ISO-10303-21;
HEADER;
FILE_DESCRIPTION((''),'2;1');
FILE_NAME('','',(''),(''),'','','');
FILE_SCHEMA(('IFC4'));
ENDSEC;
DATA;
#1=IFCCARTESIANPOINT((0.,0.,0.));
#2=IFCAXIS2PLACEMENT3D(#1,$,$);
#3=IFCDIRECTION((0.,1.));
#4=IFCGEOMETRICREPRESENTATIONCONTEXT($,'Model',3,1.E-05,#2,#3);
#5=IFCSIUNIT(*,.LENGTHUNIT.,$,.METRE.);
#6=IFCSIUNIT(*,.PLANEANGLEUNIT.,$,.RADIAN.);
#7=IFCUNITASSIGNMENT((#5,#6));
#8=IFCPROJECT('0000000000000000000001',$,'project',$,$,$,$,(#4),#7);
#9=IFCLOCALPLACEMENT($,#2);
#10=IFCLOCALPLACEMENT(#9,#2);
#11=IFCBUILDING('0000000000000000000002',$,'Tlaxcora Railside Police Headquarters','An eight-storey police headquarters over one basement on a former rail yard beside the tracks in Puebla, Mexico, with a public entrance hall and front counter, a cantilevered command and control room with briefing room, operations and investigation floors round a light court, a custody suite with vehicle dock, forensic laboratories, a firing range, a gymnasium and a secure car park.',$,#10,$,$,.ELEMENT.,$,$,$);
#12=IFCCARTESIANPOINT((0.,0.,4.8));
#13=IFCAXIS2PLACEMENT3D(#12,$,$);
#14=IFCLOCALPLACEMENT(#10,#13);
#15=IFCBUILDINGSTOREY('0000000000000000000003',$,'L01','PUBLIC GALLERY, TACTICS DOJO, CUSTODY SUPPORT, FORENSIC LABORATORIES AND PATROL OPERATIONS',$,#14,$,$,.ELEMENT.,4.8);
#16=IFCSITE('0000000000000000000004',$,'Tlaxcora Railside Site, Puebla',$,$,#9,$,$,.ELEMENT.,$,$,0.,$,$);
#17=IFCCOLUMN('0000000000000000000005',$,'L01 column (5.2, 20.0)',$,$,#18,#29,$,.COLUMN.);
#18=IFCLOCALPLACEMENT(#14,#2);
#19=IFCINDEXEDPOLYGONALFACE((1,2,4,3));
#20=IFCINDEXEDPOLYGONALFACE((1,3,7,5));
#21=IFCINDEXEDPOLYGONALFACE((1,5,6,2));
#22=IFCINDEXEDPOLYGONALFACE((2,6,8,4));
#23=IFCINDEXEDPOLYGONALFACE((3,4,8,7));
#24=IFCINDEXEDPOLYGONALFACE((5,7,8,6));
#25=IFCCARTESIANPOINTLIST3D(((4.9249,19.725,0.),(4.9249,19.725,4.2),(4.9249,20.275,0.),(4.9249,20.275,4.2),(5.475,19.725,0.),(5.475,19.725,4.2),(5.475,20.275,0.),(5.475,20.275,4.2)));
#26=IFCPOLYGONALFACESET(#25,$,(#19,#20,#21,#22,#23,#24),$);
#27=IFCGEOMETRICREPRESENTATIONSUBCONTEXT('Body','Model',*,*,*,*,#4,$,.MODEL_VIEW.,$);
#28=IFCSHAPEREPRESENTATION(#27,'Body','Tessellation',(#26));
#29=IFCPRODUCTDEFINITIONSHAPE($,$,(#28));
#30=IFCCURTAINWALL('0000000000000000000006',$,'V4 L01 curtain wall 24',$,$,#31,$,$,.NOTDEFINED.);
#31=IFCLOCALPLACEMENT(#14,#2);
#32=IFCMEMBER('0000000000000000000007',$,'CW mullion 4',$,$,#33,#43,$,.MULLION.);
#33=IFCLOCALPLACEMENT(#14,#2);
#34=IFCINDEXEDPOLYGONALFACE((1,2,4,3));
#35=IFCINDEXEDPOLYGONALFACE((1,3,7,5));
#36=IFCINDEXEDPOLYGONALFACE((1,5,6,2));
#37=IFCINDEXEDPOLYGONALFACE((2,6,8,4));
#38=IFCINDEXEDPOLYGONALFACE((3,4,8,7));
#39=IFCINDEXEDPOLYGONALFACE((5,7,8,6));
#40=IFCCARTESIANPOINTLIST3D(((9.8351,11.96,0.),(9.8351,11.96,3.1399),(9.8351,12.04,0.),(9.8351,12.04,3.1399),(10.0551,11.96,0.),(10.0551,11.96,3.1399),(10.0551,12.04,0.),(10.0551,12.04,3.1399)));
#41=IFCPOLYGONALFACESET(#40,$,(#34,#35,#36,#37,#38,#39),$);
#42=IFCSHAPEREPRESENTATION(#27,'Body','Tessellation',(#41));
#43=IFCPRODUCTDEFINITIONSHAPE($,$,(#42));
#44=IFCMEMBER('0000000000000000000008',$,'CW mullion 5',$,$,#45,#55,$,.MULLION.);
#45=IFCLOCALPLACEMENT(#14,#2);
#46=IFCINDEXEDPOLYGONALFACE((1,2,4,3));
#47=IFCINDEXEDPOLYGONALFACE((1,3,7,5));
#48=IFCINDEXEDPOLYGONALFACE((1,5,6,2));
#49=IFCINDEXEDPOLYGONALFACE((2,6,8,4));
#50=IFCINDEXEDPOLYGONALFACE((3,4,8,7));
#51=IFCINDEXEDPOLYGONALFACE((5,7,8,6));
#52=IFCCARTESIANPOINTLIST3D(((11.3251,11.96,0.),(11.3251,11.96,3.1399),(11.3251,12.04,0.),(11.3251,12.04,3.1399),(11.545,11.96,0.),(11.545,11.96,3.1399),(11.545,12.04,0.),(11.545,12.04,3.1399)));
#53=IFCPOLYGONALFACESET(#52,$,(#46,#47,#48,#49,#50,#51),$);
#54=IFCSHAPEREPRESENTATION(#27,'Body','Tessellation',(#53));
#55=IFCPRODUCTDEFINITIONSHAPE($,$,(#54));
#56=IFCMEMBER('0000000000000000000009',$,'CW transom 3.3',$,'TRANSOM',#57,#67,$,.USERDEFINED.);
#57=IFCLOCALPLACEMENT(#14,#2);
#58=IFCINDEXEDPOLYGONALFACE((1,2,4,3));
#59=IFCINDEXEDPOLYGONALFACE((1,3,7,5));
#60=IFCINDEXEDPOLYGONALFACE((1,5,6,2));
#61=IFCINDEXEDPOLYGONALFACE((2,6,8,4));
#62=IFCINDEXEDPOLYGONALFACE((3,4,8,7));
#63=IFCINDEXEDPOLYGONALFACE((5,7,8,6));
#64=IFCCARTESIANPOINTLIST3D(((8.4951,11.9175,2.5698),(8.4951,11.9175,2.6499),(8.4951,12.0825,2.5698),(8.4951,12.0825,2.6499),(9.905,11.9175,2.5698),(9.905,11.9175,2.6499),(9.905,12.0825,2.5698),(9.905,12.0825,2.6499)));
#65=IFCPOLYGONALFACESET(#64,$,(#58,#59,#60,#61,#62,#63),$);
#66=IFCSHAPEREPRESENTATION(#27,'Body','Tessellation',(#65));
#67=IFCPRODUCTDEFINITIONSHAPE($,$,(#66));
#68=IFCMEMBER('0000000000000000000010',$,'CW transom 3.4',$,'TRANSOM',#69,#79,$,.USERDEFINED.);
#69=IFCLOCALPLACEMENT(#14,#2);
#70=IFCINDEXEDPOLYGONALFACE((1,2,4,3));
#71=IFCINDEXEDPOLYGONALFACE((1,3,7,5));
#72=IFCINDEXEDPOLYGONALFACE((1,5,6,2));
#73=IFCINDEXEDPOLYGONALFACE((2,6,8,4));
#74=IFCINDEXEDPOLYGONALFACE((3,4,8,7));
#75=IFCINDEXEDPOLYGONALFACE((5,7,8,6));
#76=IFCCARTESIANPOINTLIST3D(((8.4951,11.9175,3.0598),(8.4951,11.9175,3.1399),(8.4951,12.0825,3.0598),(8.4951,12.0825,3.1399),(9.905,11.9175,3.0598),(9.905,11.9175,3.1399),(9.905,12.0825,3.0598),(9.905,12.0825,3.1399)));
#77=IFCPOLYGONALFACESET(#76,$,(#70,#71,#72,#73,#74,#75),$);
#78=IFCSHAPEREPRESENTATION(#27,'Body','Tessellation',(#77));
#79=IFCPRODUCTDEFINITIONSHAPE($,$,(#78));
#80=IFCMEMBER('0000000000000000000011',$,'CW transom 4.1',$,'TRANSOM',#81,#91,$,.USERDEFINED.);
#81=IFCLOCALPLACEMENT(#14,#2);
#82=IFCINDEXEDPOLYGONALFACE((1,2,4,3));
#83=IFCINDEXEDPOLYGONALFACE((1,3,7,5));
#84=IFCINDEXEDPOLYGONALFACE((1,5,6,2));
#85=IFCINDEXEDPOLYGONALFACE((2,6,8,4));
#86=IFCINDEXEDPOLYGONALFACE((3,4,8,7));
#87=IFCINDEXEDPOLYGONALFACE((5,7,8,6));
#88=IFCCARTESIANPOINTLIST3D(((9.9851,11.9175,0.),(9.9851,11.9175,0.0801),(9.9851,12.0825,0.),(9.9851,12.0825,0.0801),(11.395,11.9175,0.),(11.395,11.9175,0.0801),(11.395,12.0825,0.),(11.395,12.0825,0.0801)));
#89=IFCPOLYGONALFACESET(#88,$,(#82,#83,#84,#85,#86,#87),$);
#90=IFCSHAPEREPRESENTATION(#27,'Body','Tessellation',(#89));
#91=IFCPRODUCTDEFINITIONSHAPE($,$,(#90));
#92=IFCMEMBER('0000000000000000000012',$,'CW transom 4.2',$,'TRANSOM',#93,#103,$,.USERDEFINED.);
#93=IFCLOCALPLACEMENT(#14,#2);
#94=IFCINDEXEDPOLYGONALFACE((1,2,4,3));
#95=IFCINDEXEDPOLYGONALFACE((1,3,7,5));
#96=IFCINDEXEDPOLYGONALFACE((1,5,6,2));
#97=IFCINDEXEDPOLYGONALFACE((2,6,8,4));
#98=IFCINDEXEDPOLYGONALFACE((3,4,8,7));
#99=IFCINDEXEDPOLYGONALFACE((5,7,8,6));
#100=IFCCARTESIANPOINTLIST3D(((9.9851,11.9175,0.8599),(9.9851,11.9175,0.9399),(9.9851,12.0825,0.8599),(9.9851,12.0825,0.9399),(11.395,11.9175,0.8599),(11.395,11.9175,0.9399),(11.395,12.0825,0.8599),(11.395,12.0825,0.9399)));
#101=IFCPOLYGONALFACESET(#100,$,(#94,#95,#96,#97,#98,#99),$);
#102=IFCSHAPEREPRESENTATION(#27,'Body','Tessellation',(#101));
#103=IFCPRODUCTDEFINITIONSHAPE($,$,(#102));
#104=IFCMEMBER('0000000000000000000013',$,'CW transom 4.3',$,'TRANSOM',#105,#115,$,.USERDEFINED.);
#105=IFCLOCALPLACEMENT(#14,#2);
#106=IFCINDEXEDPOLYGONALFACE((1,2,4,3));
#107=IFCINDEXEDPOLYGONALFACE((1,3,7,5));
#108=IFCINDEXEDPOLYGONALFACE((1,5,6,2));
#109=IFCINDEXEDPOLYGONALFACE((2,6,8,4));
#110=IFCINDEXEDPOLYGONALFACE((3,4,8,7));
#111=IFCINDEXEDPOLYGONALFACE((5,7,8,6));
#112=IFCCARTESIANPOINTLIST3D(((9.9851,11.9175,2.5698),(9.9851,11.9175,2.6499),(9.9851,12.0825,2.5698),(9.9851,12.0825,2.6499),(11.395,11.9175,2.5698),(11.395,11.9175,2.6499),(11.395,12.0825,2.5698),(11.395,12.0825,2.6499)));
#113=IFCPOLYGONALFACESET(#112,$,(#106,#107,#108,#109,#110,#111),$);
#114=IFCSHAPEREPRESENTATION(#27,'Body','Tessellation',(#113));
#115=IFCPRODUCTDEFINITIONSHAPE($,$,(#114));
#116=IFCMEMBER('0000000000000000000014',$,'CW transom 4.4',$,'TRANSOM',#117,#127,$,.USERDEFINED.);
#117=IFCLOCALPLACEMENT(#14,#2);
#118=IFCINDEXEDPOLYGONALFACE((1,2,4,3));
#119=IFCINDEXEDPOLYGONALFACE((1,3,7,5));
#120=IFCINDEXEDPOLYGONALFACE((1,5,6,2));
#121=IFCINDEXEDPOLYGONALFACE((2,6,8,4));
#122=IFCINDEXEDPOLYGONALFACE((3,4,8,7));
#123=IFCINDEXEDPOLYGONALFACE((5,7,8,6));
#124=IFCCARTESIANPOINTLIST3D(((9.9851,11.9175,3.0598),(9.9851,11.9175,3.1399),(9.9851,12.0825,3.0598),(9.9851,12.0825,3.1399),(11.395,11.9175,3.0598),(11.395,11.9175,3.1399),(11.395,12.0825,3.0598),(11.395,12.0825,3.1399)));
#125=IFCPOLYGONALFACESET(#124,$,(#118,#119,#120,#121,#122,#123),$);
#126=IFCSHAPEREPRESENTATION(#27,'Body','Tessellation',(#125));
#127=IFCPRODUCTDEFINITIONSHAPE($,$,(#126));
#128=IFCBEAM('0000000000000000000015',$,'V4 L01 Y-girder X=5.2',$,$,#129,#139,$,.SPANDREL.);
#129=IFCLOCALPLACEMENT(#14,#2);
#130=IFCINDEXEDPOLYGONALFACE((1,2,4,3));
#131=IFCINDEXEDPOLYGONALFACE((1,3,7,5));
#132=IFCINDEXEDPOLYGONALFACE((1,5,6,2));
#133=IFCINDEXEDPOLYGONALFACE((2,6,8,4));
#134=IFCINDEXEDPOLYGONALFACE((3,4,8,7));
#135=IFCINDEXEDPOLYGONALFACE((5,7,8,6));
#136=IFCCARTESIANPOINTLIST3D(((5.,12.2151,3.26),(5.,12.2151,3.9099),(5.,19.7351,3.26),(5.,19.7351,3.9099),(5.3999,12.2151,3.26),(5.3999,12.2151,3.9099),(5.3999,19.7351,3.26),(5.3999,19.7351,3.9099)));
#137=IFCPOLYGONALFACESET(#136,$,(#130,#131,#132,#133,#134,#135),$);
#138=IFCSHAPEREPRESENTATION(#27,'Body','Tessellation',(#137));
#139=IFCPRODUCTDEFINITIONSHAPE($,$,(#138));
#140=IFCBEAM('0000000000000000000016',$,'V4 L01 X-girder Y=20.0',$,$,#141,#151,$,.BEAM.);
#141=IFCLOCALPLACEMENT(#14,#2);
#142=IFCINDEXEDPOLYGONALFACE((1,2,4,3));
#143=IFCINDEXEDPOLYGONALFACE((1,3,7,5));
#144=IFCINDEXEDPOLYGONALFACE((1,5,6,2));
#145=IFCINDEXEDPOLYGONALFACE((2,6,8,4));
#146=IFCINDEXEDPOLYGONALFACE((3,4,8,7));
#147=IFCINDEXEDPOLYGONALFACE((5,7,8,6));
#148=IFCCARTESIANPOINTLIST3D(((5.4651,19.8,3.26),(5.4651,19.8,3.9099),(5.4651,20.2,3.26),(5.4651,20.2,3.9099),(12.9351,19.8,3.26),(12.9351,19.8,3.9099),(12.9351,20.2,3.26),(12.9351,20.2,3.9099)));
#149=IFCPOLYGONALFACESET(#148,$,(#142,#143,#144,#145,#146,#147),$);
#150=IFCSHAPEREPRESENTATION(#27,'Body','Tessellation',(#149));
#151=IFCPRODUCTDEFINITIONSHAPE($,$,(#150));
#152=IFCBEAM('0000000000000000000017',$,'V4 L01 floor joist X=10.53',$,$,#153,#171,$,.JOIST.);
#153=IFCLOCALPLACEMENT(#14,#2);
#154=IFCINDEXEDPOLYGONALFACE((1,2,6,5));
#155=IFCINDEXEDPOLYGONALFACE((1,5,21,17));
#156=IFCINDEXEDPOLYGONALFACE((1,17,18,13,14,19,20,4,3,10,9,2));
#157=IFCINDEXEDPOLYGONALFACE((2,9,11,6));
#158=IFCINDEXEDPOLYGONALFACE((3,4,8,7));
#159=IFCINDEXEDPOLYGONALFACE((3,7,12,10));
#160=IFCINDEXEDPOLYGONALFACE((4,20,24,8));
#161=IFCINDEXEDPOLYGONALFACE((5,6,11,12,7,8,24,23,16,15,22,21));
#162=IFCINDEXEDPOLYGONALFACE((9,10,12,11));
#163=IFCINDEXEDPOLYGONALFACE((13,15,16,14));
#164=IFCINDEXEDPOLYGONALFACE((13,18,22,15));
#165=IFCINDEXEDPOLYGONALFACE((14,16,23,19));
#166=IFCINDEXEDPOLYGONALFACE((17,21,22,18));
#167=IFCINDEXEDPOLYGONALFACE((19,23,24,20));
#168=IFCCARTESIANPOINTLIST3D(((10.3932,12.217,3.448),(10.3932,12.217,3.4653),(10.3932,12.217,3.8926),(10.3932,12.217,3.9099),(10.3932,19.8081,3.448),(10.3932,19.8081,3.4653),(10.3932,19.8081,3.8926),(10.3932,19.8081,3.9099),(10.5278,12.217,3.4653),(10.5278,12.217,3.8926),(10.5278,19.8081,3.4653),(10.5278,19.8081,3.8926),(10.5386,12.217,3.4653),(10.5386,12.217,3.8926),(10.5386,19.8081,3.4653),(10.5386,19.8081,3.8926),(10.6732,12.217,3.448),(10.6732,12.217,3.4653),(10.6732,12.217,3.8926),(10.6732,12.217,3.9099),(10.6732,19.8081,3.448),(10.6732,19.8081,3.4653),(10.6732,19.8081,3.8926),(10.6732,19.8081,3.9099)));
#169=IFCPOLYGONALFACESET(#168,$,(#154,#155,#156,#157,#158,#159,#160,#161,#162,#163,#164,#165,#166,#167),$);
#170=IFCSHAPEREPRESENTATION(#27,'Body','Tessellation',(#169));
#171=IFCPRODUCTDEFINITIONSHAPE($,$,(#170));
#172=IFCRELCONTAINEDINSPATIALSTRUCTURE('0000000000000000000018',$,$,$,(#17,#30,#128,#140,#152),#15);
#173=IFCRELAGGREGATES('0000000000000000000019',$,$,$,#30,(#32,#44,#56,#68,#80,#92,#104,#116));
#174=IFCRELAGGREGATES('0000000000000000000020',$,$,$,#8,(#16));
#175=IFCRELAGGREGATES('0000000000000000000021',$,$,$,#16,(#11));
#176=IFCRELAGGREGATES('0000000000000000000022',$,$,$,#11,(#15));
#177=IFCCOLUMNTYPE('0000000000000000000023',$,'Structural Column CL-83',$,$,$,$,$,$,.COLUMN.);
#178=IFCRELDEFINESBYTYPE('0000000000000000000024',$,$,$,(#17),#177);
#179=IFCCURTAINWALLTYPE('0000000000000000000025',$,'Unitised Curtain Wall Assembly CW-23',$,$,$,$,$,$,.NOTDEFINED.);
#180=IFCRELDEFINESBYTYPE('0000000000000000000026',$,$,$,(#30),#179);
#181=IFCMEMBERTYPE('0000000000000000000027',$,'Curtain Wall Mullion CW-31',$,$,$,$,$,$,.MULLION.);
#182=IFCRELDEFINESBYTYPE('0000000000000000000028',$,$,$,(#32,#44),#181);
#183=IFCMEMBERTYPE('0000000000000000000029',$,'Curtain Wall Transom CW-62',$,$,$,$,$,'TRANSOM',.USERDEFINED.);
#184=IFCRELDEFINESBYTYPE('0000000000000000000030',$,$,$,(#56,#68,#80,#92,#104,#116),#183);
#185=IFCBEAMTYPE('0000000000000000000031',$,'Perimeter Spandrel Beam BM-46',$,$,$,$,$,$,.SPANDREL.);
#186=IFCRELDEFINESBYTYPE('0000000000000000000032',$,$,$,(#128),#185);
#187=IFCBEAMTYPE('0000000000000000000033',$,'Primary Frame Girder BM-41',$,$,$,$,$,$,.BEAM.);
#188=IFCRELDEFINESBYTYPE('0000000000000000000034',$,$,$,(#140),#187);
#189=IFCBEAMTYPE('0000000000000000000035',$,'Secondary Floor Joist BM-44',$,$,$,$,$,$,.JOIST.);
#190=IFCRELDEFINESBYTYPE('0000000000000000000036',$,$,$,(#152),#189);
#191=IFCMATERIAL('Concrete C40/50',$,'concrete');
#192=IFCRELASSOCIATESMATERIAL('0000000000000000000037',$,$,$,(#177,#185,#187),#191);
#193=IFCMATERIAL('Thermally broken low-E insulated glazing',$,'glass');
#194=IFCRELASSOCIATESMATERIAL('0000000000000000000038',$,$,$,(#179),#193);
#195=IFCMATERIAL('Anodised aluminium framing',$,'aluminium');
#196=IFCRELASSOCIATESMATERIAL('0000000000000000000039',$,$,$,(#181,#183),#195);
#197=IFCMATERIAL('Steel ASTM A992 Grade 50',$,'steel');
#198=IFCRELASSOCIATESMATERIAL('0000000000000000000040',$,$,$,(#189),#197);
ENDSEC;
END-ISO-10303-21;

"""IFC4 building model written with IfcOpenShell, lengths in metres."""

from ifc_helpers import new_model, si_unit, direction, frame, origin, origin_2d, place, context, subcontext, project, spatial, rectangle, i_section, extrude, material, material_profile, profile_set, type_object, element, aggregate, save


model = new_model("IFC4")

# Units and contexts
model_context = context("Model", 3, precision=1e-05, world=origin(), true_north=direction((0.0, 1.0)))
body_context = subcontext(model_context, "Body", "Model", "MODEL_VIEW")
ifc_project = project(units=[si_unit("LENGTHUNIT", "METRE"), si_unit("PLANEANGLEUNIT", "RADIAN")], contexts=[model_context])

# Site, building, storey
site_placement = place(None, origin())
site = spatial("IfcSite", under=ifc_project, at=site_placement, Name="Tlaxcora Railside Site, Puebla", CompositionType="ELEMENT", RefElevation=0.0)
building_placement = place(site_placement, origin())
building = spatial("IfcBuilding", under=site, at=building_placement, Name="Tlaxcora Railside Police Headquarters", Description="An eight-storey police headquarters over one basement on a former rail yard beside the tracks in Puebla, Mexico, with a public entrance hall and front counter, a cantilevered command and control room with briefing room, operations and investigation floors round a light court, a custody suite with vehicle dock, forensic laboratories, a firing range, a gymnasium and a secure car park.", CompositionType="ELEMENT")
storey_placement = place(building_placement, frame((0.0, 0.0, 4.8)))
storey = spatial("IfcBuildingStorey", under=building, at=storey_placement, Name="L01", Description="PUBLIC GALLERY, TACTICS DOJO, CUSTODY SUPPORT, FORENSIC LABORATORIES AND PATROL OPERATIONS", CompositionType="ELEMENT", Elevation=4.8)

# Column
ifc_material_1 = material(Name="Concrete C40/50", Category="concrete")
ifc_material_profile_1 = material_profile(ifc_material_1, rectangle(XDim=0.55, YDim=0.55, at=origin_2d()), Name="RC550X550")
ifc_profile_set_1 = profile_set([ifc_material_profile_1], Name="Concrete C40/50")
column_type = type_object("IfcColumnType", Name="Structural Column CL-83", PredefinedType="COLUMN", material=ifc_profile_set_1)
column_placement = place(storey_placement, frame((5.2, 20.0, 0.0), z_axis=(0.0, 0.0, 1.0), x_axis=(1.0, 0.0, 0.0)))
element("IfcColumn", 1, at=column_placement, inside=storey, type_object=column_type, Name="L01 column (5.2, 20.0)", PredefinedType="COLUMN", context=body_context, shape_type="SweptSolid", body=[
    extrude(rectangle(XDim=0.55, YDim=0.55, at=origin_2d()), origin(), (0.0, 0.0, 1.0), 4.2),
])

# Curtain wall, members
ifc_material_2 = material(Name="Thermally broken low-E insulated glazing", Category="glass")
curtain_wall_type = type_object("IfcCurtainWallType", Name="Unitised Curtain Wall Assembly CW-23", PredefinedType="NOTDEFINED", material=ifc_material_2)
curtain_wall_placement = place(storey_placement, origin())
curtain_wall = element("IfcCurtainWall", 2, at=curtain_wall_placement, inside=storey, type_object=curtain_wall_type, Name="V4 L01 curtain wall 24", PredefinedType="NOTDEFINED")
ifc_material_3 = material(Name="Anodised aluminium framing", Category="aluminium")
ifc_material_profile_2 = material_profile(ifc_material_3, rectangle(XDim=0.0801, YDim=0.22, at=origin_2d()), Name="AL80X220")
ifc_profile_set_2 = profile_set([ifc_material_profile_2], Name="Anodised aluminium framing")
member_type_1 = type_object("IfcMemberType", Name="Curtain Wall Mullion CW-31", PredefinedType="MULLION", material=ifc_profile_set_2)
member_1_placement = place(storey_placement, frame((9.9451, 12.0, 0.0), z_axis=(0.0, 0.0, 1.0), x_axis=(0.0, 1.0, 0.0)))
member_1 = element("IfcMember", 3, at=member_1_placement, type_object=member_type_1, Name="CW mullion 4", PredefinedType="MULLION", context=body_context, shape_type="SweptSolid", body=[
    extrude(rectangle(XDim=0.0801, YDim=0.22, at=origin_2d()), origin(), (0.0, 0.0, 1.0), 3.1399),
])
member_2_placement = place(storey_placement, frame((11.4351, 12.0, 0.0), z_axis=(0.0, 0.0, 1.0), x_axis=(0.0, 1.0, 0.0)))
member_2 = element("IfcMember", 4, at=member_2_placement, type_object=member_type_1, Name="CW mullion 5", PredefinedType="MULLION", context=body_context, shape_type="SweptSolid", body=[
    extrude(rectangle(XDim=0.0801, YDim=0.22, at=origin_2d()), origin(), (0.0, 0.0, 1.0), 3.1399),
])
ifc_material_profile_3 = material_profile(ifc_material_3, rectangle(XDim=0.165, YDim=0.0801, at=origin_2d()), Name="AL80X165")
ifc_profile_set_3 = profile_set([ifc_material_profile_3], Name="Anodised aluminium framing")
member_type_2 = type_object("IfcMemberType", Name="Curtain Wall Transom CW-62", ElementType="TRANSOM", PredefinedType="USERDEFINED", material=ifc_profile_set_3)
member_3_placement = place(storey_placement, frame((8.4951, 12.0, 2.6099), z_axis=(1.0, 0.0, 0.0), x_axis=(0.0, 1.0, 0.0)))
member_3 = element("IfcMember", 5, at=member_3_placement, type_object=member_type_2, Name="CW transom 3.3", ObjectType="TRANSOM", PredefinedType="USERDEFINED", context=body_context, shape_type="SweptSolid", body=[
    extrude(rectangle(XDim=0.165, YDim=0.0801, at=origin_2d()), origin(), (0.0, 0.0, 1.0), 1.4099),
])
member_4_placement = place(storey_placement, frame((8.4951, 12.0, 3.0999), z_axis=(1.0, 0.0, 0.0), x_axis=(0.0, 1.0, 0.0)))
member_4 = element("IfcMember", 6, at=member_4_placement, type_object=member_type_2, Name="CW transom 3.4", ObjectType="TRANSOM", PredefinedType="USERDEFINED", context=body_context, shape_type="SweptSolid", body=[
    extrude(rectangle(XDim=0.165, YDim=0.0801, at=origin_2d()), origin(), (0.0, 0.0, 1.0), 1.4099),
])
member_5_placement = place(storey_placement, frame((9.9851, 12.0, 0.04), z_axis=(1.0, 0.0, 0.0), x_axis=(0.0, 1.0, 0.0)))
member_5 = element("IfcMember", 7, at=member_5_placement, type_object=member_type_2, Name="CW transom 4.1", ObjectType="TRANSOM", PredefinedType="USERDEFINED", context=body_context, shape_type="SweptSolid", body=[
    extrude(rectangle(XDim=0.165, YDim=0.0801, at=origin_2d()), origin(), (0.0, 0.0, 1.0), 1.4099),
])
member_6_placement = place(storey_placement, frame((9.9851, 12.0, 0.8999), z_axis=(1.0, 0.0, 0.0), x_axis=(0.0, 1.0, 0.0)))
member_6 = element("IfcMember", 8, at=member_6_placement, type_object=member_type_2, Name="CW transom 4.2", ObjectType="TRANSOM", PredefinedType="USERDEFINED", context=body_context, shape_type="SweptSolid", body=[
    extrude(rectangle(XDim=0.165, YDim=0.0801, at=origin_2d()), origin(), (0.0, 0.0, 1.0), 1.4099),
])
member_7_placement = place(storey_placement, frame((9.9851, 12.0, 2.6099), z_axis=(1.0, 0.0, 0.0), x_axis=(0.0, 1.0, 0.0)))
member_7 = element("IfcMember", 9, at=member_7_placement, type_object=member_type_2, Name="CW transom 4.3", ObjectType="TRANSOM", PredefinedType="USERDEFINED", context=body_context, shape_type="SweptSolid", body=[
    extrude(rectangle(XDim=0.165, YDim=0.0801, at=origin_2d()), origin(), (0.0, 0.0, 1.0), 1.4099),
])
member_8_placement = place(storey_placement, frame((9.9851, 12.0, 3.0999), z_axis=(1.0, 0.0, 0.0), x_axis=(0.0, 1.0, 0.0)))
member_8 = element("IfcMember", 10, at=member_8_placement, type_object=member_type_2, Name="CW transom 4.4", ObjectType="TRANSOM", PredefinedType="USERDEFINED", context=body_context, shape_type="SweptSolid", body=[
    extrude(rectangle(XDim=0.165, YDim=0.0801, at=origin_2d()), origin(), (0.0, 0.0, 1.0), 1.4099),
])

# Beams
ifc_material_profile_4 = material_profile(ifc_material_1, rectangle(XDim=0.3999, YDim=0.6499, at=origin_2d()), Name="RC400X650")
ifc_profile_set_4 = profile_set([ifc_material_profile_4], Name="Concrete C40/50")
beam_type_1 = type_object("IfcBeamType", Name="Perimeter Spandrel Beam BM-46", PredefinedType="SPANDREL", material=ifc_profile_set_4)
beam_1_placement = place(storey_placement, frame((5.2, 12.2151, 3.585), z_axis=(0.0, 1.0, 0.0), x_axis=(-1.0, 0.0, 0.0)))
element("IfcBeam", 11, at=beam_1_placement, inside=storey, type_object=beam_type_1, Name="V4 L01 Y-girder X=5.2", PredefinedType="SPANDREL", context=body_context, shape_type="SweptSolid", body=[
    extrude(rectangle(XDim=0.3999, YDim=0.6499, at=origin_2d()), origin(), (0.0, 0.0, 1.0), 7.52),
])
ifc_material_profile_5 = material_profile(ifc_material_1, rectangle(XDim=0.3999, YDim=0.6499, at=origin_2d()), Name="RC400X650")
ifc_profile_set_5 = profile_set([ifc_material_profile_5], Name="Concrete C40/50")
beam_type_2 = type_object("IfcBeamType", Name="Primary Frame Girder BM-41", PredefinedType="BEAM", material=ifc_profile_set_5)
beam_2_placement = place(storey_placement, frame((5.4651, 20.0, 3.585), z_axis=(1.0, 0.0, 0.0), x_axis=(0.0, 1.0, 0.0)))
element("IfcBeam", 12, at=beam_2_placement, inside=storey, type_object=beam_type_2, Name="V4 L01 X-girder Y=20.0", PredefinedType="BEAM", context=body_context, shape_type="SweptSolid", body=[
    extrude(rectangle(XDim=0.3999, YDim=0.6499, at=origin_2d()), origin(), (0.0, 0.0, 1.0), 7.47),
])
ifc_material_4 = material(Name="Steel ASTM A992 Grade 50", Category="steel")
ifc_material_profile_6 = material_profile(ifc_material_4, i_section(OverallWidth=0.28, OverallDepth=0.4619, WebThickness=0.0107, FlangeThickness=0.0173, at=origin_2d()), Name="W18X76")
ifc_profile_set_6 = profile_set([ifc_material_profile_6], Name="Steel ASTM A992 Grade 50")
beam_type_3 = type_object("IfcBeamType", Name="Secondary Floor Joist BM-44", PredefinedType="JOIST", material=ifc_profile_set_6)
beam_3_placement = place(storey_placement, frame((10.5332, 12.217, 3.679), z_axis=(0.0, 1.0, 0.0), x_axis=(-1.0, 0.0, 0.0)))
element("IfcBeam", 13, at=beam_3_placement, inside=storey, type_object=beam_type_3, Name="V4 L01 floor joist X=10.53", PredefinedType="JOIST", context=body_context, shape_type="SweptSolid", body=[
    extrude(i_section(OverallWidth=0.28, OverallDepth=0.4619, WebThickness=0.0107, FlangeThickness=0.0173, at=origin_2d()), origin(), (0.0, 0.0, 1.0), 7.5911),
])

aggregate(curtain_wall, [member_1, member_2, member_3, member_4, member_5, member_6, member_7, member_8])

save(model, "model.ifc")
